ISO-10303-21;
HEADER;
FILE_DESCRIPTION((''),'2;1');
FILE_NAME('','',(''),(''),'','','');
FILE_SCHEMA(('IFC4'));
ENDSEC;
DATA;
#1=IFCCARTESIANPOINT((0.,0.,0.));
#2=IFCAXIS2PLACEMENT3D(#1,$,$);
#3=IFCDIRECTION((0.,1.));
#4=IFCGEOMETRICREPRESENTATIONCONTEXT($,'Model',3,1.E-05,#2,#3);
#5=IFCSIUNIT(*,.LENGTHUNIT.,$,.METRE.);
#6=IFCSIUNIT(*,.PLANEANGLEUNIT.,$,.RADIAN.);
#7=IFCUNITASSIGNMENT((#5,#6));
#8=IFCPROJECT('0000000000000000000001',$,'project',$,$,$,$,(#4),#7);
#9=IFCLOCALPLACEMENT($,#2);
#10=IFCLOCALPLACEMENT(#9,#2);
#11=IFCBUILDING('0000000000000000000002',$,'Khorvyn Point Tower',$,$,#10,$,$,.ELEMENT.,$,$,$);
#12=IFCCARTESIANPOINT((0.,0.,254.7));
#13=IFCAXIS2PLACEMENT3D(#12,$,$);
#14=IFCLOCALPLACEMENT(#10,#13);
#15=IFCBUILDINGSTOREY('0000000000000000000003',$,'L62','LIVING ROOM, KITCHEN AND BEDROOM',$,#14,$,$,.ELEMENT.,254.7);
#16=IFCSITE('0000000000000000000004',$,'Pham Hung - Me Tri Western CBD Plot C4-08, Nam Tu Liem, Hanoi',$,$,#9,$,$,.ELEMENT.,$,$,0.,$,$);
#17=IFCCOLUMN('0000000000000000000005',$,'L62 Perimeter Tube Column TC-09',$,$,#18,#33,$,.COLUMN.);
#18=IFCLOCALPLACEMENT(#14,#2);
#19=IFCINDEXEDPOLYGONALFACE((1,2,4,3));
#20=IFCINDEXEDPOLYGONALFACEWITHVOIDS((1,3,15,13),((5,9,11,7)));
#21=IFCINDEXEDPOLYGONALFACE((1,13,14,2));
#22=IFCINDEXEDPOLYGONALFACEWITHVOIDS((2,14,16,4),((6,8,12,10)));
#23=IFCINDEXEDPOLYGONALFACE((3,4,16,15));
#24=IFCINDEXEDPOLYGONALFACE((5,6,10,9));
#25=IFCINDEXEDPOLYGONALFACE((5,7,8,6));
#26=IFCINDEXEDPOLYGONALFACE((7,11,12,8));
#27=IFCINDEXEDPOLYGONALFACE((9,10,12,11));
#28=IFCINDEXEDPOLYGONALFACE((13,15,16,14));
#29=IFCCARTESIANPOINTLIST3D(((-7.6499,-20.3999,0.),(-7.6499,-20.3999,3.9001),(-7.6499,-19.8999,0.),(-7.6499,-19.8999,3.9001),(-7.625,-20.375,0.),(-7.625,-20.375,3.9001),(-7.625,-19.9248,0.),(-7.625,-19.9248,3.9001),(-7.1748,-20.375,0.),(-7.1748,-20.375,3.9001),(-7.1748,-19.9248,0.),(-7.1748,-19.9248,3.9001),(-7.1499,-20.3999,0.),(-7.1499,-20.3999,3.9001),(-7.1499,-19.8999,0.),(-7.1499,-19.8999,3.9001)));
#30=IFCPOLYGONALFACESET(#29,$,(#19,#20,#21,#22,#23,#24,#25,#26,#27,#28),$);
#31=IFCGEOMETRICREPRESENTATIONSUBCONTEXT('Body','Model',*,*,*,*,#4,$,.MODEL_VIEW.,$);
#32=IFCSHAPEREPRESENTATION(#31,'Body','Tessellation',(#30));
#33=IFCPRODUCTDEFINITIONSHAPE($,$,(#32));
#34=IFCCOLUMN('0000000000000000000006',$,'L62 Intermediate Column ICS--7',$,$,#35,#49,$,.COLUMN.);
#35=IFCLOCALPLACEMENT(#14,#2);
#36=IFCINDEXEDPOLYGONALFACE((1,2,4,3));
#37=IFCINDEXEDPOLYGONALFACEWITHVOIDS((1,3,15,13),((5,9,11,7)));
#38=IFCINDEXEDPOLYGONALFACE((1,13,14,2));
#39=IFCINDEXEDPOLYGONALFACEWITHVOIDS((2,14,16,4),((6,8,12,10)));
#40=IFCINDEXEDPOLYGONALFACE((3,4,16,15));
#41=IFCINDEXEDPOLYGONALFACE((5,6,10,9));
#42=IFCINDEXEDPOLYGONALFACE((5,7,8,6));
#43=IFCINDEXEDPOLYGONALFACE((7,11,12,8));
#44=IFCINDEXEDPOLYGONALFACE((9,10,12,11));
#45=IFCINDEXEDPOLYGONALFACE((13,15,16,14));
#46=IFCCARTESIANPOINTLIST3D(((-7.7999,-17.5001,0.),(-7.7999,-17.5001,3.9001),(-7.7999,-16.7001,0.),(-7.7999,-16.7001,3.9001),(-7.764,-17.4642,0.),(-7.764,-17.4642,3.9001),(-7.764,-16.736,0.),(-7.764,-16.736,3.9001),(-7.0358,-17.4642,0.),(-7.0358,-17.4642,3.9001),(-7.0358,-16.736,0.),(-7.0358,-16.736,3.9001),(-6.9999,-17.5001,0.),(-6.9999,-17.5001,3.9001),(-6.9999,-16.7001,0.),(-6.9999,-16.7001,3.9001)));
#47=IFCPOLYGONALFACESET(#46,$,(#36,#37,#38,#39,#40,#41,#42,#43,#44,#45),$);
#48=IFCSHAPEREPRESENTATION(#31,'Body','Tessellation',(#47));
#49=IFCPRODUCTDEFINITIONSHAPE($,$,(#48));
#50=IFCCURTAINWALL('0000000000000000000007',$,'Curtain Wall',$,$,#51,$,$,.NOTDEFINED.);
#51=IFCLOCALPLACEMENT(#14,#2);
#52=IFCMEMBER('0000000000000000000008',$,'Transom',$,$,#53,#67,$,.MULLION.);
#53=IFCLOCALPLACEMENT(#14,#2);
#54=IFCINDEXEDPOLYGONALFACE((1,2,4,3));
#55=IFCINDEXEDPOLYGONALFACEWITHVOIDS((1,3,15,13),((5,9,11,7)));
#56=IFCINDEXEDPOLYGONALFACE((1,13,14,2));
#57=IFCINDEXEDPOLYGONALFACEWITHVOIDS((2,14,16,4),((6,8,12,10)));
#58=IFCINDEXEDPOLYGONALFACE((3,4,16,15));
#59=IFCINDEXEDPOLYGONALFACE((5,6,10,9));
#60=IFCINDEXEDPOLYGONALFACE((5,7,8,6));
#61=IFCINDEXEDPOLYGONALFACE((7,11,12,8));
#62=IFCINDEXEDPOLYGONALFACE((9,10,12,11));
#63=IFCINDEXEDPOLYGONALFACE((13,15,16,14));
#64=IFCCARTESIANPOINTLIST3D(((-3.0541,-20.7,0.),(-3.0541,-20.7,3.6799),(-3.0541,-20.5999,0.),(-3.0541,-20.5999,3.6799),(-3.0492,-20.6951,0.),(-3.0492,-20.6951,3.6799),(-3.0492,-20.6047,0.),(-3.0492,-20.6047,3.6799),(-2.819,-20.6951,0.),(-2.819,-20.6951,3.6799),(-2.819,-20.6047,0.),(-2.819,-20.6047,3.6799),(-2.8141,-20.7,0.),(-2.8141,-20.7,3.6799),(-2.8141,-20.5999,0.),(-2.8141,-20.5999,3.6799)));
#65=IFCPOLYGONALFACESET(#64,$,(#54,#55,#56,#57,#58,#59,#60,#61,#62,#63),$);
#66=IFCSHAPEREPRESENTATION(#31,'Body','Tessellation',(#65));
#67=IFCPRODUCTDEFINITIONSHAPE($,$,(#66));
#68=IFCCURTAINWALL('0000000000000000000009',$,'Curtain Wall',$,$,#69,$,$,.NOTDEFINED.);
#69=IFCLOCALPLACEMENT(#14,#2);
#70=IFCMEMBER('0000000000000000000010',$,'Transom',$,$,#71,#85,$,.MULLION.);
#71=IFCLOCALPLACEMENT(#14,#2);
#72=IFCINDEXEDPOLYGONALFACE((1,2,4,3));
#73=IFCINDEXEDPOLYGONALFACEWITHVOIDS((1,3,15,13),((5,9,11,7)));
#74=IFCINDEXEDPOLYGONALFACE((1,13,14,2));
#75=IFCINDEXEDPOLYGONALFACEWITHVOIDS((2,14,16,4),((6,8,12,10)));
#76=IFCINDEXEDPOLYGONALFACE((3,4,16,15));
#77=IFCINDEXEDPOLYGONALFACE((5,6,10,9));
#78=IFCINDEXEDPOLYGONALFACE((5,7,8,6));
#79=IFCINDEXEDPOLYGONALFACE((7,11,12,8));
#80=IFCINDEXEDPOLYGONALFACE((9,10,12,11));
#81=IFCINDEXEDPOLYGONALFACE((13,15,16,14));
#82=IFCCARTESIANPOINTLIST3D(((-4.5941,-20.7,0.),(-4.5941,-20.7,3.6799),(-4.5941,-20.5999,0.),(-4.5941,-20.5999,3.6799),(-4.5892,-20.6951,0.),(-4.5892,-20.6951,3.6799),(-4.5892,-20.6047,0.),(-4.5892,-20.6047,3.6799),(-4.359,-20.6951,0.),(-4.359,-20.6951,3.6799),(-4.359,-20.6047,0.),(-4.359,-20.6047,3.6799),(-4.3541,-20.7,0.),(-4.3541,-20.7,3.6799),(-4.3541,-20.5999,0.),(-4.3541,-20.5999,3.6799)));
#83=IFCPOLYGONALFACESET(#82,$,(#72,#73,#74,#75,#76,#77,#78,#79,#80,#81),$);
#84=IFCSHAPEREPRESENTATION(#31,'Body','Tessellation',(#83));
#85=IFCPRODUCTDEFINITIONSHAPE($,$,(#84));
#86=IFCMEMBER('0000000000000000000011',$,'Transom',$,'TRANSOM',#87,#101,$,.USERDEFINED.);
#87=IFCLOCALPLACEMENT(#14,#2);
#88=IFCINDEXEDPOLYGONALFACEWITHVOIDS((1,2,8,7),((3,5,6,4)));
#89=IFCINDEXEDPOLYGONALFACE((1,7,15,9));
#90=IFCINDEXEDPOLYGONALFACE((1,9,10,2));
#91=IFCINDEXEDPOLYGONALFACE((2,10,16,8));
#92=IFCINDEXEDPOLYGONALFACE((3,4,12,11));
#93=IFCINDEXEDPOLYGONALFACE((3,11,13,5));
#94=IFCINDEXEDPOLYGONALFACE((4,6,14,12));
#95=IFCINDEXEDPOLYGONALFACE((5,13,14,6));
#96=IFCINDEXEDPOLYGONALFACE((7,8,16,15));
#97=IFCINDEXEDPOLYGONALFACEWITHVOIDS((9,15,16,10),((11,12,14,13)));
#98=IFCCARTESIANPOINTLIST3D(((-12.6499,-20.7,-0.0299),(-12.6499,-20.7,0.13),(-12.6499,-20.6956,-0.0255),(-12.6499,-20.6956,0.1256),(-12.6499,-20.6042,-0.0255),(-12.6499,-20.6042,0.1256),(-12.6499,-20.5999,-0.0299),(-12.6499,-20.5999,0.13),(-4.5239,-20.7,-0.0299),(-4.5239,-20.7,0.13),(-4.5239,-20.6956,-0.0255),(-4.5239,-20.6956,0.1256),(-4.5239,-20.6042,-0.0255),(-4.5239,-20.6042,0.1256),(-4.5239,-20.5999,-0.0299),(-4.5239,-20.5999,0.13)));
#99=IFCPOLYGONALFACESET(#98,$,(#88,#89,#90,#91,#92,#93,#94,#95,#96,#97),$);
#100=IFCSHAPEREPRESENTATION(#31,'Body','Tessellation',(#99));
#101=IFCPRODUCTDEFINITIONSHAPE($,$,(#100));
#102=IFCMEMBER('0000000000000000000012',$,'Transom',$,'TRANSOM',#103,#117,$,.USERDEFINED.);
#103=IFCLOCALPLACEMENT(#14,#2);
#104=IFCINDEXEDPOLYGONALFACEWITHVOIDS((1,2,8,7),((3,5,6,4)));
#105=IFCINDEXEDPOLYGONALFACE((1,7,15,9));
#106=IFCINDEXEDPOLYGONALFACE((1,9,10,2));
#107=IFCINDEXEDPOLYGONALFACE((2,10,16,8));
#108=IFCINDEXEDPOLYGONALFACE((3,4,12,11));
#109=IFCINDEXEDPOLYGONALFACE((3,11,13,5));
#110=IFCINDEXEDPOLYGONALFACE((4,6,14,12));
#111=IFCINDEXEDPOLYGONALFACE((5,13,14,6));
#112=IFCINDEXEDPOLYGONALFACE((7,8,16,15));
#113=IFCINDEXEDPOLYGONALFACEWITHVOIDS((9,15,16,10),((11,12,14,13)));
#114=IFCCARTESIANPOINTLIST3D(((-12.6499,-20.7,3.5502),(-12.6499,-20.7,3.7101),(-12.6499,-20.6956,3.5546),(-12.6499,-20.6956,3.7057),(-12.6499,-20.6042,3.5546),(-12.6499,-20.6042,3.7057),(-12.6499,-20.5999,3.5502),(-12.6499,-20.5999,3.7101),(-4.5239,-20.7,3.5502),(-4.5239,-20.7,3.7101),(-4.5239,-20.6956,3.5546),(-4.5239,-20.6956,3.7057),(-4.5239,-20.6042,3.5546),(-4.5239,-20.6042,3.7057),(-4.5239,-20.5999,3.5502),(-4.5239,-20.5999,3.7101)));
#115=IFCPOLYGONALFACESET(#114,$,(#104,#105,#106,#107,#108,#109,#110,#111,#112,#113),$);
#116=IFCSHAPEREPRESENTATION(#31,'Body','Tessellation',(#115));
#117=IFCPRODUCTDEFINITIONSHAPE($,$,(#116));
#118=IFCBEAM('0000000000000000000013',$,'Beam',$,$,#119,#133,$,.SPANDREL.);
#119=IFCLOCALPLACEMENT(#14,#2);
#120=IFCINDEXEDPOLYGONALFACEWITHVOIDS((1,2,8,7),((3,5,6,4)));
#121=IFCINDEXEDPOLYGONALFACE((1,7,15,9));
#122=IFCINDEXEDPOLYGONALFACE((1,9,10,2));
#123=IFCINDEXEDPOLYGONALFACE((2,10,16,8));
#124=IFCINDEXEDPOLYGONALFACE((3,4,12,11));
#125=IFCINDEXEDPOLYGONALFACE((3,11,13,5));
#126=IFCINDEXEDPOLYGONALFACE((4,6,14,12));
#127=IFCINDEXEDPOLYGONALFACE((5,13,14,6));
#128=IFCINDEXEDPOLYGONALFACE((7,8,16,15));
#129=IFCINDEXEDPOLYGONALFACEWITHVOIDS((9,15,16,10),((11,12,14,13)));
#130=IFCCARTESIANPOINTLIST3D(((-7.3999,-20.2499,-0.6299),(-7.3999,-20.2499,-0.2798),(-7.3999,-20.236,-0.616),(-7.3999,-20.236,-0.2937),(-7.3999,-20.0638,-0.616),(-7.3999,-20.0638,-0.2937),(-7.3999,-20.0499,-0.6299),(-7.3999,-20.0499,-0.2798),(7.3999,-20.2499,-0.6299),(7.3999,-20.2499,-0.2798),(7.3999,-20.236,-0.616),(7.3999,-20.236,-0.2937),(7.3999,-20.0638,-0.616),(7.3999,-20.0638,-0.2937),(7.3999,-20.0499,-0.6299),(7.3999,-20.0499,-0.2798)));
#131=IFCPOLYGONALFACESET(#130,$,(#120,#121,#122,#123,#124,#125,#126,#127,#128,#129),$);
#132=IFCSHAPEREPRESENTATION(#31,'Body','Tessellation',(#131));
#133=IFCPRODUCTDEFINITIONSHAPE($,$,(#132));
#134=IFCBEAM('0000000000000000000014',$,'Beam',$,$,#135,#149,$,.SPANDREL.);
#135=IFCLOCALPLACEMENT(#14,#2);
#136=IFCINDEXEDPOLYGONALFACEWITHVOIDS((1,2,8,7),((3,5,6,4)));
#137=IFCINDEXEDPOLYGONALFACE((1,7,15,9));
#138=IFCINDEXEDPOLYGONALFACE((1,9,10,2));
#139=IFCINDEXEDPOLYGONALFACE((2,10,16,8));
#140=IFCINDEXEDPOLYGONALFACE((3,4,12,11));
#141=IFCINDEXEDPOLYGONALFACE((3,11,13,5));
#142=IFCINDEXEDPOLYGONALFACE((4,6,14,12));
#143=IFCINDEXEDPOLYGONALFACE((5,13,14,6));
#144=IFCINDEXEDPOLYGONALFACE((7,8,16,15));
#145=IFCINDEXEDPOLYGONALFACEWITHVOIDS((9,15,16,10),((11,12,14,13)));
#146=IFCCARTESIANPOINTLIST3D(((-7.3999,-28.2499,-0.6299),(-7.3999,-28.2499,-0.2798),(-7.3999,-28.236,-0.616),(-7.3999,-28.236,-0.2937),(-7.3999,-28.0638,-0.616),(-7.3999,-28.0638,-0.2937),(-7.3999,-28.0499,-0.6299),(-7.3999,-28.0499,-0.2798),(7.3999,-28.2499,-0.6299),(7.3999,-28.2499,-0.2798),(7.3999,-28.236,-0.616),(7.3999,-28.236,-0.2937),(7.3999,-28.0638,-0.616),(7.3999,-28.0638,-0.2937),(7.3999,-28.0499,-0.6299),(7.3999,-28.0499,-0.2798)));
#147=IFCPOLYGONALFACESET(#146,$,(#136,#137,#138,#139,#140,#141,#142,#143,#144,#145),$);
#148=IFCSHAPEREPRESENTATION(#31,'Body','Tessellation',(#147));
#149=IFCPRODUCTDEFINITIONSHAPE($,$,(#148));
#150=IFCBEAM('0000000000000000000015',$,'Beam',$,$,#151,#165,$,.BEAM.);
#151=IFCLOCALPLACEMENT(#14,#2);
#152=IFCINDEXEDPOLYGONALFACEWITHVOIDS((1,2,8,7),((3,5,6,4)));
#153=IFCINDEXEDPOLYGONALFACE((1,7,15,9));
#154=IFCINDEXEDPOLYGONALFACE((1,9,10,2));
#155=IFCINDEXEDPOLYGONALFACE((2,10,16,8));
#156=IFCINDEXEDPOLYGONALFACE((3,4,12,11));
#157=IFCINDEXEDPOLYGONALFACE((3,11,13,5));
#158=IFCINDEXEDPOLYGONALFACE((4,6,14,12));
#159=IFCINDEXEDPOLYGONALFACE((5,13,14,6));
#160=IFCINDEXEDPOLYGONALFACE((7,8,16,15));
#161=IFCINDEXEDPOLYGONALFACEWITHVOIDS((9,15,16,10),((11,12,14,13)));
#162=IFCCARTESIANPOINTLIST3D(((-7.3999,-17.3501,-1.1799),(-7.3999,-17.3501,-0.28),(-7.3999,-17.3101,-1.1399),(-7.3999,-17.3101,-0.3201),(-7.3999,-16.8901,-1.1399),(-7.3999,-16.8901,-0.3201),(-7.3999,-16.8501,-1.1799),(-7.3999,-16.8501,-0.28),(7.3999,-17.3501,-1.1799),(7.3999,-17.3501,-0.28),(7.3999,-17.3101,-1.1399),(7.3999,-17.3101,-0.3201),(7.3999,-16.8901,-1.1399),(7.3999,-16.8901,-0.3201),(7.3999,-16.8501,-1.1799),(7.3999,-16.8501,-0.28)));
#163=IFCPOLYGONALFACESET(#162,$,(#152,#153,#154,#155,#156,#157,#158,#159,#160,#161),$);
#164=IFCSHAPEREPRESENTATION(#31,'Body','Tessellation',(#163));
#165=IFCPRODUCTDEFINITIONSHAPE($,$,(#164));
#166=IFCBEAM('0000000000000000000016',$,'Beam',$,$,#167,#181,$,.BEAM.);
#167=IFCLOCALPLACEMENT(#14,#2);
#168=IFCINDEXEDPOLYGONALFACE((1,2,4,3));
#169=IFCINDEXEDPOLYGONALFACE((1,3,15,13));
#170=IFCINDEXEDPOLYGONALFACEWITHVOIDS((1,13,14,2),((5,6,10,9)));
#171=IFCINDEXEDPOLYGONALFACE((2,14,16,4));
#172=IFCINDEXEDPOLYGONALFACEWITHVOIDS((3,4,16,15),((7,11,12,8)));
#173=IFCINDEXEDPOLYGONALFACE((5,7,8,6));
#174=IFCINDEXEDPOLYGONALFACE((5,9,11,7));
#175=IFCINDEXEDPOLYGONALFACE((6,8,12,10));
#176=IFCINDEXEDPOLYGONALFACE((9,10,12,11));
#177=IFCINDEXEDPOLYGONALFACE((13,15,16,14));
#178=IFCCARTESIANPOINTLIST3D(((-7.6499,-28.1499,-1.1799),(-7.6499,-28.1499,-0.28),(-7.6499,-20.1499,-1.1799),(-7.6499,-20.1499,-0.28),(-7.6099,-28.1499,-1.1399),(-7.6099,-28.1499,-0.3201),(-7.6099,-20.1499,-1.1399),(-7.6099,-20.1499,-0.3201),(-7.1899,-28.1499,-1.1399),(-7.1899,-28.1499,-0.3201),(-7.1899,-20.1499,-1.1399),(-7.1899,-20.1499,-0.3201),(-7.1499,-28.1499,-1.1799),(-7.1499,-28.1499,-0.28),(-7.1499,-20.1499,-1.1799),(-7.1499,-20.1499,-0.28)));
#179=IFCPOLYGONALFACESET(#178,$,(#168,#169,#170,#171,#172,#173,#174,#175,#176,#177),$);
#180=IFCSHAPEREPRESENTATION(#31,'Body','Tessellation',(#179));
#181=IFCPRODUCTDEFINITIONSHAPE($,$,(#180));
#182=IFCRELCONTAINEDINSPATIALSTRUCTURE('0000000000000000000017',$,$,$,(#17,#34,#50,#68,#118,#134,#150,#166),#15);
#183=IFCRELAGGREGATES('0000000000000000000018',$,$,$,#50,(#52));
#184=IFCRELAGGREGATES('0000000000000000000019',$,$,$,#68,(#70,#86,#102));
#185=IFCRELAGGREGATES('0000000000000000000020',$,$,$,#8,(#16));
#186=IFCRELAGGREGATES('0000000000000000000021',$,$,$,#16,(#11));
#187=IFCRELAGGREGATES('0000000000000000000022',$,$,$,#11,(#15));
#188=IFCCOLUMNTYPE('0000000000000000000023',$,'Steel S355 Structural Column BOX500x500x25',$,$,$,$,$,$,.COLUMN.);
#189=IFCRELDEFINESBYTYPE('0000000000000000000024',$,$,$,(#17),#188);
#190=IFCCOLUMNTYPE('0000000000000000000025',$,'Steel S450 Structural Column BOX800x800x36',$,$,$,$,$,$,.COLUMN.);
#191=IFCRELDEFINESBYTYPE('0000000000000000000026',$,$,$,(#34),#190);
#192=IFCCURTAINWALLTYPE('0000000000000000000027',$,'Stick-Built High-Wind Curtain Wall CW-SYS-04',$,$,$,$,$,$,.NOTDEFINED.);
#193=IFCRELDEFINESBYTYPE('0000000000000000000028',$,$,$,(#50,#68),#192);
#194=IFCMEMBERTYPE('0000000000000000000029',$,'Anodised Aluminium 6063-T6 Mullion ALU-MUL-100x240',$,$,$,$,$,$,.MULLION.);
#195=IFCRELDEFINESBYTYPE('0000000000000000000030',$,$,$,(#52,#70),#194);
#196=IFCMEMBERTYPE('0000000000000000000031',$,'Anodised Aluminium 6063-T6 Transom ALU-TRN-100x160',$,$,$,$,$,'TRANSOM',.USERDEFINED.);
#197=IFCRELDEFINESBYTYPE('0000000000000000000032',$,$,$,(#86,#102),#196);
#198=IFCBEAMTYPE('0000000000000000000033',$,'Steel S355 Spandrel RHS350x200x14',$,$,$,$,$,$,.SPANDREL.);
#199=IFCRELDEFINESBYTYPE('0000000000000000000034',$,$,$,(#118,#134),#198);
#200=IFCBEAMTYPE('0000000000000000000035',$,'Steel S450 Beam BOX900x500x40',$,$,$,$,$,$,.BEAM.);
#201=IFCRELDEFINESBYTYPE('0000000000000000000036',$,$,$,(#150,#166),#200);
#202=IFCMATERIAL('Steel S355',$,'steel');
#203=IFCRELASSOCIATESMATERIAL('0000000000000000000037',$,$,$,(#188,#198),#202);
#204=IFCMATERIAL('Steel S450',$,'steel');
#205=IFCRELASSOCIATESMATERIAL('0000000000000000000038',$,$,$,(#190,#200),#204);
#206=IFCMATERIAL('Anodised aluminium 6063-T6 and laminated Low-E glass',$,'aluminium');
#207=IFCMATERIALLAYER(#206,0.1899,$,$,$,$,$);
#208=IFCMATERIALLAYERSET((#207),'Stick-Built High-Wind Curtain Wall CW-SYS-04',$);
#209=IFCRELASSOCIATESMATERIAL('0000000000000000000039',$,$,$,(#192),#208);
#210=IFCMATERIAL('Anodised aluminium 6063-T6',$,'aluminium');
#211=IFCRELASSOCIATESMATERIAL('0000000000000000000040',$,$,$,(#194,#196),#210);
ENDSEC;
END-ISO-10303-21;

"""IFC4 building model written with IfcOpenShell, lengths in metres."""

from ifc_helpers import new_model, si_unit, direction, frame, origin, origin_2d, place, context, subcontext, project, spatial, hollow_rectangle, extrude, material, layer, layer_set, material_profile, profile_set, type_object, element, aggregate, save


model = new_model("IFC4")

# Units and contexts
model_context = context("Model", 3, precision=1e-05, world=origin(), true_north=direction((0.0, 1.0)))
body_context = subcontext(model_context, "Body", "Model", "MODEL_VIEW")
ifc_project = project(units=[si_unit("LENGTHUNIT", "METRE"), si_unit("PLANEANGLEUNIT", "RADIAN")], contexts=[model_context])

# Site, building, storey
site_placement = place(None, origin())
site = spatial("IfcSite", under=ifc_project, at=site_placement, Name="Pham Hung - Me Tri Western CBD Plot C4-08, Nam Tu Liem, Hanoi", CompositionType="ELEMENT", RefElevation=0.0)
building_placement = place(site_placement, origin())
building = spatial("IfcBuilding", under=site, at=building_placement, Name="Khorvyn Point Tower", CompositionType="ELEMENT")
storey_placement = place(building_placement, frame((0.0, 0.0, 254.7)))
storey = spatial("IfcBuildingStorey", under=building, at=storey_placement, Name="L62", Description="LIVING ROOM, KITCHEN AND BEDROOM", CompositionType="ELEMENT", Elevation=254.7)

# Columns
ifc_material_1 = material(Name="Steel S355", Category="steel")
ifc_material_profile_1 = material_profile(ifc_material_1, hollow_rectangle(XDim=0.5, YDim=0.5, WallThickness=0.0249, at=origin_2d()))
ifc_profile_set_1 = profile_set([ifc_material_profile_1], Name="Steel S355 BOX500x500x25")
column_type_1 = type_object("IfcColumnType", Name="Steel S355 Structural Column BOX500x500x25", PredefinedType="COLUMN", material=ifc_profile_set_1)
column_1_placement = place(storey_placement, frame((-7.3999, -20.1499, 0.0), z_axis=(0.0, 0.0, 1.0), x_axis=(1.0, 0.0, 0.0)))
element("IfcColumn", 1, at=column_1_placement, inside=storey, type_object=column_type_1, Name="L62 Perimeter Tube Column TC-09", PredefinedType="COLUMN", context=body_context, shape_type="SweptSolid", body=[
    extrude(hollow_rectangle(XDim=0.5, YDim=0.5, WallThickness=0.0249, at=origin_2d()), origin(), (0.0, 0.0, 1.0), 3.9001),
])
ifc_material_2 = material(Name="Steel S450", Category="steel")
ifc_material_profile_2 = material_profile(ifc_material_2, hollow_rectangle(XDim=0.8, YDim=0.8, WallThickness=0.0359, at=origin_2d()))
ifc_profile_set_2 = profile_set([ifc_material_profile_2], Name="Steel S450 BOX800x800x36")
column_type_2 = type_object("IfcColumnType", Name="Steel S450 Structural Column BOX800x800x36", PredefinedType="COLUMN", material=ifc_profile_set_2)
column_2_placement = place(storey_placement, frame((-7.3999, -17.1001, 0.0), z_axis=(0.0, 0.0, 1.0), x_axis=(1.0, 0.0, 0.0)))
element("IfcColumn", 2, at=column_2_placement, inside=storey, type_object=column_type_2, Name="L62 Intermediate Column ICS--7", PredefinedType="COLUMN", context=body_context, shape_type="SweptSolid", body=[
    extrude(hollow_rectangle(XDim=0.8, YDim=0.8, WallThickness=0.0359, at=origin_2d()), origin(), (0.0, 0.0, 1.0), 3.9001),
])

# Curtain wall, member
ifc_material_3 = material(Name="Anodised aluminium 6063-T6 and laminated Low-E glass", Category="aluminium")
ifc_layer_1 = layer(ifc_material_3, 0.1899)
ifc_layer_set_1 = layer_set([ifc_layer_1], Name="Stick-Built High-Wind Curtain Wall CW-SYS-04")
curtain_wall_type = type_object("IfcCurtainWallType", Name="Stick-Built High-Wind Curtain Wall CW-SYS-04", PredefinedType="NOTDEFINED", material=ifc_layer_set_1)
curtain_wall_1_placement = place(storey_placement, origin())
curtain_wall_1 = element("IfcCurtainWall", 3, at=curtain_wall_1_placement, inside=storey, type_object=curtain_wall_type, Name="Curtain Wall", PredefinedType="NOTDEFINED")
ifc_material_4 = material(Name="Anodised aluminium 6063-T6", Category="aluminium")
ifc_material_profile_3 = material_profile(ifc_material_4, hollow_rectangle(XDim=0.1001, YDim=0.24, WallThickness=0.0049, at=origin_2d()))
ifc_profile_set_3 = profile_set([ifc_material_profile_3], Name="Anodised aluminium 6063-T6 ALU-MUL-100x240")
member_type_1 = type_object("IfcMemberType", Name="Anodised Aluminium 6063-T6 Mullion ALU-MUL-100x240", PredefinedType="MULLION", material=ifc_profile_set_3)
member_1_placement = place(storey_placement, frame((-2.9341, -20.6499, 0.0), z_axis=(0.0, 0.0, 1.0), x_axis=(0.0, -1.0, 0.0)))
member_1 = element("IfcMember", 4, at=member_1_placement, type_object=member_type_1, Name="Transom", PredefinedType="MULLION", context=body_context, shape_type="SweptSolid", body=[
    extrude(hollow_rectangle(XDim=0.1001, YDim=0.24, WallThickness=0.0049, at=origin_2d()), origin(), (0.0, 0.0, 1.0), 3.6799),
])

# Curtain wall, members
curtain_wall_2_placement = place(storey_placement, origin())
curtain_wall_2 = element("IfcCurtainWall", 5, at=curtain_wall_2_placement, inside=storey, type_object=curtain_wall_type, Name="Curtain Wall", PredefinedType="NOTDEFINED")
member_2_placement = place(storey_placement, frame((-4.4741, -20.6499, 0.0), z_axis=(0.0, 0.0, 1.0), x_axis=(0.0, -1.0, 0.0)))
member_2 = element("IfcMember", 6, at=member_2_placement, type_object=member_type_1, Name="Transom", PredefinedType="MULLION", context=body_context, shape_type="SweptSolid", body=[
    extrude(hollow_rectangle(XDim=0.1001, YDim=0.24, WallThickness=0.0049, at=origin_2d()), origin(), (0.0, 0.0, 1.0), 3.6799),
])
ifc_material_profile_4 = material_profile(ifc_material_4, hollow_rectangle(XDim=0.1001, YDim=0.1599, WallThickness=0.0044, at=origin_2d()))
ifc_profile_set_4 = profile_set([ifc_material_profile_4], Name="Anodised aluminium 6063-T6 ALU-TRN-100x160")
member_type_2 = type_object("IfcMemberType", Name="Anodised Aluminium 6063-T6 Transom ALU-TRN-100x160", ElementType="TRANSOM", PredefinedType="USERDEFINED", material=ifc_profile_set_4)
member_3_placement = place(storey_placement, frame((-4.5239, -20.6499, 0.05), z_axis=(-1.0, 0.0, 0.0), x_axis=(0.0, -1.0, 0.0)))
member_3 = element("IfcMember", 7, at=member_3_placement, type_object=member_type_2, Name="Transom", ObjectType="TRANSOM", PredefinedType="USERDEFINED", context=body_context, shape_type="SweptSolid", body=[
    extrude(hollow_rectangle(XDim=0.1001, YDim=0.1599, WallThickness=0.0044, at=origin_2d()), origin(), (0.0, 0.0, 1.0), 8.126),
])
member_4_placement = place(storey_placement, frame((-4.5239, -20.6499, 3.6301), z_axis=(-1.0, 0.0, 0.0), x_axis=(0.0, -1.0, 0.0)))
member_4 = element("IfcMember", 8, at=member_4_placement, type_object=member_type_2, Name="Transom", ObjectType="TRANSOM", PredefinedType="USERDEFINED", context=body_context, shape_type="SweptSolid", body=[
    extrude(hollow_rectangle(XDim=0.1001, YDim=0.1599, WallThickness=0.0044, at=origin_2d()), origin(), (0.0, 0.0, 1.0), 8.126),
])

# Beams
ifc_material_profile_5 = material_profile(ifc_material_1, hollow_rectangle(XDim=0.2, YDim=0.3501, WallThickness=0.0139, at=origin_2d()))
ifc_profile_set_5 = profile_set([ifc_material_profile_5], Name="Steel S355 RHS350x200x14")
beam_type_1 = type_object("IfcBeamType", Name="Steel S355 Spandrel RHS350x200x14", PredefinedType="SPANDREL", material=ifc_profile_set_5)
for number, where, z_axis, x_axis, name in (
    (9, (-7.3999, -20.1499, -0.4548), (1.0, 0.0, 0.0), (0.0, 1.0, 0.0), "Beam"),
    (10, (-7.3999, -28.1499, -0.4548), (1.0, 0.0, 0.0), (0.0, 1.0, 0.0), "Beam"),
):
    element("IfcBeam", number, at=place(storey_placement, frame(where, z_axis=z_axis, x_axis=x_axis)), inside=storey, type_object=beam_type_1, Name=name, PredefinedType="SPANDREL", context=body_context, shape_type="SweptSolid", body=[
        extrude(hollow_rectangle(XDim=0.2, YDim=0.3501, WallThickness=0.0139, at=origin_2d()), origin(), (0.0, 0.0, 1.0), 14.7998),
    ])
ifc_material_profile_6 = material_profile(ifc_material_2, hollow_rectangle(XDim=0.5, YDim=0.8999, WallThickness=0.04, at=origin_2d()))
ifc_profile_set_6 = profile_set([ifc_material_profile_6], Name="Steel S450 BOX900x500x40")
beam_type_2 = type_object("IfcBeamType", Name="Steel S450 Beam BOX900x500x40", PredefinedType="BEAM", material=ifc_profile_set_6)
beam_1_placement = place(storey_placement, frame((-7.3999, -17.1001, -0.73), z_axis=(1.0, 0.0, 0.0), x_axis=(0.0, 1.0, 0.0)))
element("IfcBeam", 11, at=beam_1_placement, inside=storey, type_object=beam_type_2, Name="Beam", PredefinedType="BEAM", context=body_context, shape_type="SweptSolid", body=[
    extrude(hollow_rectangle(XDim=0.5, YDim=0.8999, WallThickness=0.04, at=origin_2d()), origin(), (0.0, 0.0, 1.0), 14.7998),
])
beam_2_placement = place(storey_placement, frame((-7.3999, -28.1499, -0.73), z_axis=(0.0, 1.0, 0.0), x_axis=(-1.0, 0.0, 0.0)))
element("IfcBeam", 12, at=beam_2_placement, inside=storey, type_object=beam_type_2, Name="Beam", PredefinedType="BEAM", context=body_context, shape_type="SweptSolid", body=[
    extrude(hollow_rectangle(XDim=0.5, YDim=0.8999, WallThickness=0.04, at=origin_2d()), origin(), (0.0, 0.0, 1.0), 8.0),
])

aggregate(curtain_wall_1, [member_1])
aggregate(curtain_wall_2, [member_2, member_3, member_4])

save(model, "model.ifc")
